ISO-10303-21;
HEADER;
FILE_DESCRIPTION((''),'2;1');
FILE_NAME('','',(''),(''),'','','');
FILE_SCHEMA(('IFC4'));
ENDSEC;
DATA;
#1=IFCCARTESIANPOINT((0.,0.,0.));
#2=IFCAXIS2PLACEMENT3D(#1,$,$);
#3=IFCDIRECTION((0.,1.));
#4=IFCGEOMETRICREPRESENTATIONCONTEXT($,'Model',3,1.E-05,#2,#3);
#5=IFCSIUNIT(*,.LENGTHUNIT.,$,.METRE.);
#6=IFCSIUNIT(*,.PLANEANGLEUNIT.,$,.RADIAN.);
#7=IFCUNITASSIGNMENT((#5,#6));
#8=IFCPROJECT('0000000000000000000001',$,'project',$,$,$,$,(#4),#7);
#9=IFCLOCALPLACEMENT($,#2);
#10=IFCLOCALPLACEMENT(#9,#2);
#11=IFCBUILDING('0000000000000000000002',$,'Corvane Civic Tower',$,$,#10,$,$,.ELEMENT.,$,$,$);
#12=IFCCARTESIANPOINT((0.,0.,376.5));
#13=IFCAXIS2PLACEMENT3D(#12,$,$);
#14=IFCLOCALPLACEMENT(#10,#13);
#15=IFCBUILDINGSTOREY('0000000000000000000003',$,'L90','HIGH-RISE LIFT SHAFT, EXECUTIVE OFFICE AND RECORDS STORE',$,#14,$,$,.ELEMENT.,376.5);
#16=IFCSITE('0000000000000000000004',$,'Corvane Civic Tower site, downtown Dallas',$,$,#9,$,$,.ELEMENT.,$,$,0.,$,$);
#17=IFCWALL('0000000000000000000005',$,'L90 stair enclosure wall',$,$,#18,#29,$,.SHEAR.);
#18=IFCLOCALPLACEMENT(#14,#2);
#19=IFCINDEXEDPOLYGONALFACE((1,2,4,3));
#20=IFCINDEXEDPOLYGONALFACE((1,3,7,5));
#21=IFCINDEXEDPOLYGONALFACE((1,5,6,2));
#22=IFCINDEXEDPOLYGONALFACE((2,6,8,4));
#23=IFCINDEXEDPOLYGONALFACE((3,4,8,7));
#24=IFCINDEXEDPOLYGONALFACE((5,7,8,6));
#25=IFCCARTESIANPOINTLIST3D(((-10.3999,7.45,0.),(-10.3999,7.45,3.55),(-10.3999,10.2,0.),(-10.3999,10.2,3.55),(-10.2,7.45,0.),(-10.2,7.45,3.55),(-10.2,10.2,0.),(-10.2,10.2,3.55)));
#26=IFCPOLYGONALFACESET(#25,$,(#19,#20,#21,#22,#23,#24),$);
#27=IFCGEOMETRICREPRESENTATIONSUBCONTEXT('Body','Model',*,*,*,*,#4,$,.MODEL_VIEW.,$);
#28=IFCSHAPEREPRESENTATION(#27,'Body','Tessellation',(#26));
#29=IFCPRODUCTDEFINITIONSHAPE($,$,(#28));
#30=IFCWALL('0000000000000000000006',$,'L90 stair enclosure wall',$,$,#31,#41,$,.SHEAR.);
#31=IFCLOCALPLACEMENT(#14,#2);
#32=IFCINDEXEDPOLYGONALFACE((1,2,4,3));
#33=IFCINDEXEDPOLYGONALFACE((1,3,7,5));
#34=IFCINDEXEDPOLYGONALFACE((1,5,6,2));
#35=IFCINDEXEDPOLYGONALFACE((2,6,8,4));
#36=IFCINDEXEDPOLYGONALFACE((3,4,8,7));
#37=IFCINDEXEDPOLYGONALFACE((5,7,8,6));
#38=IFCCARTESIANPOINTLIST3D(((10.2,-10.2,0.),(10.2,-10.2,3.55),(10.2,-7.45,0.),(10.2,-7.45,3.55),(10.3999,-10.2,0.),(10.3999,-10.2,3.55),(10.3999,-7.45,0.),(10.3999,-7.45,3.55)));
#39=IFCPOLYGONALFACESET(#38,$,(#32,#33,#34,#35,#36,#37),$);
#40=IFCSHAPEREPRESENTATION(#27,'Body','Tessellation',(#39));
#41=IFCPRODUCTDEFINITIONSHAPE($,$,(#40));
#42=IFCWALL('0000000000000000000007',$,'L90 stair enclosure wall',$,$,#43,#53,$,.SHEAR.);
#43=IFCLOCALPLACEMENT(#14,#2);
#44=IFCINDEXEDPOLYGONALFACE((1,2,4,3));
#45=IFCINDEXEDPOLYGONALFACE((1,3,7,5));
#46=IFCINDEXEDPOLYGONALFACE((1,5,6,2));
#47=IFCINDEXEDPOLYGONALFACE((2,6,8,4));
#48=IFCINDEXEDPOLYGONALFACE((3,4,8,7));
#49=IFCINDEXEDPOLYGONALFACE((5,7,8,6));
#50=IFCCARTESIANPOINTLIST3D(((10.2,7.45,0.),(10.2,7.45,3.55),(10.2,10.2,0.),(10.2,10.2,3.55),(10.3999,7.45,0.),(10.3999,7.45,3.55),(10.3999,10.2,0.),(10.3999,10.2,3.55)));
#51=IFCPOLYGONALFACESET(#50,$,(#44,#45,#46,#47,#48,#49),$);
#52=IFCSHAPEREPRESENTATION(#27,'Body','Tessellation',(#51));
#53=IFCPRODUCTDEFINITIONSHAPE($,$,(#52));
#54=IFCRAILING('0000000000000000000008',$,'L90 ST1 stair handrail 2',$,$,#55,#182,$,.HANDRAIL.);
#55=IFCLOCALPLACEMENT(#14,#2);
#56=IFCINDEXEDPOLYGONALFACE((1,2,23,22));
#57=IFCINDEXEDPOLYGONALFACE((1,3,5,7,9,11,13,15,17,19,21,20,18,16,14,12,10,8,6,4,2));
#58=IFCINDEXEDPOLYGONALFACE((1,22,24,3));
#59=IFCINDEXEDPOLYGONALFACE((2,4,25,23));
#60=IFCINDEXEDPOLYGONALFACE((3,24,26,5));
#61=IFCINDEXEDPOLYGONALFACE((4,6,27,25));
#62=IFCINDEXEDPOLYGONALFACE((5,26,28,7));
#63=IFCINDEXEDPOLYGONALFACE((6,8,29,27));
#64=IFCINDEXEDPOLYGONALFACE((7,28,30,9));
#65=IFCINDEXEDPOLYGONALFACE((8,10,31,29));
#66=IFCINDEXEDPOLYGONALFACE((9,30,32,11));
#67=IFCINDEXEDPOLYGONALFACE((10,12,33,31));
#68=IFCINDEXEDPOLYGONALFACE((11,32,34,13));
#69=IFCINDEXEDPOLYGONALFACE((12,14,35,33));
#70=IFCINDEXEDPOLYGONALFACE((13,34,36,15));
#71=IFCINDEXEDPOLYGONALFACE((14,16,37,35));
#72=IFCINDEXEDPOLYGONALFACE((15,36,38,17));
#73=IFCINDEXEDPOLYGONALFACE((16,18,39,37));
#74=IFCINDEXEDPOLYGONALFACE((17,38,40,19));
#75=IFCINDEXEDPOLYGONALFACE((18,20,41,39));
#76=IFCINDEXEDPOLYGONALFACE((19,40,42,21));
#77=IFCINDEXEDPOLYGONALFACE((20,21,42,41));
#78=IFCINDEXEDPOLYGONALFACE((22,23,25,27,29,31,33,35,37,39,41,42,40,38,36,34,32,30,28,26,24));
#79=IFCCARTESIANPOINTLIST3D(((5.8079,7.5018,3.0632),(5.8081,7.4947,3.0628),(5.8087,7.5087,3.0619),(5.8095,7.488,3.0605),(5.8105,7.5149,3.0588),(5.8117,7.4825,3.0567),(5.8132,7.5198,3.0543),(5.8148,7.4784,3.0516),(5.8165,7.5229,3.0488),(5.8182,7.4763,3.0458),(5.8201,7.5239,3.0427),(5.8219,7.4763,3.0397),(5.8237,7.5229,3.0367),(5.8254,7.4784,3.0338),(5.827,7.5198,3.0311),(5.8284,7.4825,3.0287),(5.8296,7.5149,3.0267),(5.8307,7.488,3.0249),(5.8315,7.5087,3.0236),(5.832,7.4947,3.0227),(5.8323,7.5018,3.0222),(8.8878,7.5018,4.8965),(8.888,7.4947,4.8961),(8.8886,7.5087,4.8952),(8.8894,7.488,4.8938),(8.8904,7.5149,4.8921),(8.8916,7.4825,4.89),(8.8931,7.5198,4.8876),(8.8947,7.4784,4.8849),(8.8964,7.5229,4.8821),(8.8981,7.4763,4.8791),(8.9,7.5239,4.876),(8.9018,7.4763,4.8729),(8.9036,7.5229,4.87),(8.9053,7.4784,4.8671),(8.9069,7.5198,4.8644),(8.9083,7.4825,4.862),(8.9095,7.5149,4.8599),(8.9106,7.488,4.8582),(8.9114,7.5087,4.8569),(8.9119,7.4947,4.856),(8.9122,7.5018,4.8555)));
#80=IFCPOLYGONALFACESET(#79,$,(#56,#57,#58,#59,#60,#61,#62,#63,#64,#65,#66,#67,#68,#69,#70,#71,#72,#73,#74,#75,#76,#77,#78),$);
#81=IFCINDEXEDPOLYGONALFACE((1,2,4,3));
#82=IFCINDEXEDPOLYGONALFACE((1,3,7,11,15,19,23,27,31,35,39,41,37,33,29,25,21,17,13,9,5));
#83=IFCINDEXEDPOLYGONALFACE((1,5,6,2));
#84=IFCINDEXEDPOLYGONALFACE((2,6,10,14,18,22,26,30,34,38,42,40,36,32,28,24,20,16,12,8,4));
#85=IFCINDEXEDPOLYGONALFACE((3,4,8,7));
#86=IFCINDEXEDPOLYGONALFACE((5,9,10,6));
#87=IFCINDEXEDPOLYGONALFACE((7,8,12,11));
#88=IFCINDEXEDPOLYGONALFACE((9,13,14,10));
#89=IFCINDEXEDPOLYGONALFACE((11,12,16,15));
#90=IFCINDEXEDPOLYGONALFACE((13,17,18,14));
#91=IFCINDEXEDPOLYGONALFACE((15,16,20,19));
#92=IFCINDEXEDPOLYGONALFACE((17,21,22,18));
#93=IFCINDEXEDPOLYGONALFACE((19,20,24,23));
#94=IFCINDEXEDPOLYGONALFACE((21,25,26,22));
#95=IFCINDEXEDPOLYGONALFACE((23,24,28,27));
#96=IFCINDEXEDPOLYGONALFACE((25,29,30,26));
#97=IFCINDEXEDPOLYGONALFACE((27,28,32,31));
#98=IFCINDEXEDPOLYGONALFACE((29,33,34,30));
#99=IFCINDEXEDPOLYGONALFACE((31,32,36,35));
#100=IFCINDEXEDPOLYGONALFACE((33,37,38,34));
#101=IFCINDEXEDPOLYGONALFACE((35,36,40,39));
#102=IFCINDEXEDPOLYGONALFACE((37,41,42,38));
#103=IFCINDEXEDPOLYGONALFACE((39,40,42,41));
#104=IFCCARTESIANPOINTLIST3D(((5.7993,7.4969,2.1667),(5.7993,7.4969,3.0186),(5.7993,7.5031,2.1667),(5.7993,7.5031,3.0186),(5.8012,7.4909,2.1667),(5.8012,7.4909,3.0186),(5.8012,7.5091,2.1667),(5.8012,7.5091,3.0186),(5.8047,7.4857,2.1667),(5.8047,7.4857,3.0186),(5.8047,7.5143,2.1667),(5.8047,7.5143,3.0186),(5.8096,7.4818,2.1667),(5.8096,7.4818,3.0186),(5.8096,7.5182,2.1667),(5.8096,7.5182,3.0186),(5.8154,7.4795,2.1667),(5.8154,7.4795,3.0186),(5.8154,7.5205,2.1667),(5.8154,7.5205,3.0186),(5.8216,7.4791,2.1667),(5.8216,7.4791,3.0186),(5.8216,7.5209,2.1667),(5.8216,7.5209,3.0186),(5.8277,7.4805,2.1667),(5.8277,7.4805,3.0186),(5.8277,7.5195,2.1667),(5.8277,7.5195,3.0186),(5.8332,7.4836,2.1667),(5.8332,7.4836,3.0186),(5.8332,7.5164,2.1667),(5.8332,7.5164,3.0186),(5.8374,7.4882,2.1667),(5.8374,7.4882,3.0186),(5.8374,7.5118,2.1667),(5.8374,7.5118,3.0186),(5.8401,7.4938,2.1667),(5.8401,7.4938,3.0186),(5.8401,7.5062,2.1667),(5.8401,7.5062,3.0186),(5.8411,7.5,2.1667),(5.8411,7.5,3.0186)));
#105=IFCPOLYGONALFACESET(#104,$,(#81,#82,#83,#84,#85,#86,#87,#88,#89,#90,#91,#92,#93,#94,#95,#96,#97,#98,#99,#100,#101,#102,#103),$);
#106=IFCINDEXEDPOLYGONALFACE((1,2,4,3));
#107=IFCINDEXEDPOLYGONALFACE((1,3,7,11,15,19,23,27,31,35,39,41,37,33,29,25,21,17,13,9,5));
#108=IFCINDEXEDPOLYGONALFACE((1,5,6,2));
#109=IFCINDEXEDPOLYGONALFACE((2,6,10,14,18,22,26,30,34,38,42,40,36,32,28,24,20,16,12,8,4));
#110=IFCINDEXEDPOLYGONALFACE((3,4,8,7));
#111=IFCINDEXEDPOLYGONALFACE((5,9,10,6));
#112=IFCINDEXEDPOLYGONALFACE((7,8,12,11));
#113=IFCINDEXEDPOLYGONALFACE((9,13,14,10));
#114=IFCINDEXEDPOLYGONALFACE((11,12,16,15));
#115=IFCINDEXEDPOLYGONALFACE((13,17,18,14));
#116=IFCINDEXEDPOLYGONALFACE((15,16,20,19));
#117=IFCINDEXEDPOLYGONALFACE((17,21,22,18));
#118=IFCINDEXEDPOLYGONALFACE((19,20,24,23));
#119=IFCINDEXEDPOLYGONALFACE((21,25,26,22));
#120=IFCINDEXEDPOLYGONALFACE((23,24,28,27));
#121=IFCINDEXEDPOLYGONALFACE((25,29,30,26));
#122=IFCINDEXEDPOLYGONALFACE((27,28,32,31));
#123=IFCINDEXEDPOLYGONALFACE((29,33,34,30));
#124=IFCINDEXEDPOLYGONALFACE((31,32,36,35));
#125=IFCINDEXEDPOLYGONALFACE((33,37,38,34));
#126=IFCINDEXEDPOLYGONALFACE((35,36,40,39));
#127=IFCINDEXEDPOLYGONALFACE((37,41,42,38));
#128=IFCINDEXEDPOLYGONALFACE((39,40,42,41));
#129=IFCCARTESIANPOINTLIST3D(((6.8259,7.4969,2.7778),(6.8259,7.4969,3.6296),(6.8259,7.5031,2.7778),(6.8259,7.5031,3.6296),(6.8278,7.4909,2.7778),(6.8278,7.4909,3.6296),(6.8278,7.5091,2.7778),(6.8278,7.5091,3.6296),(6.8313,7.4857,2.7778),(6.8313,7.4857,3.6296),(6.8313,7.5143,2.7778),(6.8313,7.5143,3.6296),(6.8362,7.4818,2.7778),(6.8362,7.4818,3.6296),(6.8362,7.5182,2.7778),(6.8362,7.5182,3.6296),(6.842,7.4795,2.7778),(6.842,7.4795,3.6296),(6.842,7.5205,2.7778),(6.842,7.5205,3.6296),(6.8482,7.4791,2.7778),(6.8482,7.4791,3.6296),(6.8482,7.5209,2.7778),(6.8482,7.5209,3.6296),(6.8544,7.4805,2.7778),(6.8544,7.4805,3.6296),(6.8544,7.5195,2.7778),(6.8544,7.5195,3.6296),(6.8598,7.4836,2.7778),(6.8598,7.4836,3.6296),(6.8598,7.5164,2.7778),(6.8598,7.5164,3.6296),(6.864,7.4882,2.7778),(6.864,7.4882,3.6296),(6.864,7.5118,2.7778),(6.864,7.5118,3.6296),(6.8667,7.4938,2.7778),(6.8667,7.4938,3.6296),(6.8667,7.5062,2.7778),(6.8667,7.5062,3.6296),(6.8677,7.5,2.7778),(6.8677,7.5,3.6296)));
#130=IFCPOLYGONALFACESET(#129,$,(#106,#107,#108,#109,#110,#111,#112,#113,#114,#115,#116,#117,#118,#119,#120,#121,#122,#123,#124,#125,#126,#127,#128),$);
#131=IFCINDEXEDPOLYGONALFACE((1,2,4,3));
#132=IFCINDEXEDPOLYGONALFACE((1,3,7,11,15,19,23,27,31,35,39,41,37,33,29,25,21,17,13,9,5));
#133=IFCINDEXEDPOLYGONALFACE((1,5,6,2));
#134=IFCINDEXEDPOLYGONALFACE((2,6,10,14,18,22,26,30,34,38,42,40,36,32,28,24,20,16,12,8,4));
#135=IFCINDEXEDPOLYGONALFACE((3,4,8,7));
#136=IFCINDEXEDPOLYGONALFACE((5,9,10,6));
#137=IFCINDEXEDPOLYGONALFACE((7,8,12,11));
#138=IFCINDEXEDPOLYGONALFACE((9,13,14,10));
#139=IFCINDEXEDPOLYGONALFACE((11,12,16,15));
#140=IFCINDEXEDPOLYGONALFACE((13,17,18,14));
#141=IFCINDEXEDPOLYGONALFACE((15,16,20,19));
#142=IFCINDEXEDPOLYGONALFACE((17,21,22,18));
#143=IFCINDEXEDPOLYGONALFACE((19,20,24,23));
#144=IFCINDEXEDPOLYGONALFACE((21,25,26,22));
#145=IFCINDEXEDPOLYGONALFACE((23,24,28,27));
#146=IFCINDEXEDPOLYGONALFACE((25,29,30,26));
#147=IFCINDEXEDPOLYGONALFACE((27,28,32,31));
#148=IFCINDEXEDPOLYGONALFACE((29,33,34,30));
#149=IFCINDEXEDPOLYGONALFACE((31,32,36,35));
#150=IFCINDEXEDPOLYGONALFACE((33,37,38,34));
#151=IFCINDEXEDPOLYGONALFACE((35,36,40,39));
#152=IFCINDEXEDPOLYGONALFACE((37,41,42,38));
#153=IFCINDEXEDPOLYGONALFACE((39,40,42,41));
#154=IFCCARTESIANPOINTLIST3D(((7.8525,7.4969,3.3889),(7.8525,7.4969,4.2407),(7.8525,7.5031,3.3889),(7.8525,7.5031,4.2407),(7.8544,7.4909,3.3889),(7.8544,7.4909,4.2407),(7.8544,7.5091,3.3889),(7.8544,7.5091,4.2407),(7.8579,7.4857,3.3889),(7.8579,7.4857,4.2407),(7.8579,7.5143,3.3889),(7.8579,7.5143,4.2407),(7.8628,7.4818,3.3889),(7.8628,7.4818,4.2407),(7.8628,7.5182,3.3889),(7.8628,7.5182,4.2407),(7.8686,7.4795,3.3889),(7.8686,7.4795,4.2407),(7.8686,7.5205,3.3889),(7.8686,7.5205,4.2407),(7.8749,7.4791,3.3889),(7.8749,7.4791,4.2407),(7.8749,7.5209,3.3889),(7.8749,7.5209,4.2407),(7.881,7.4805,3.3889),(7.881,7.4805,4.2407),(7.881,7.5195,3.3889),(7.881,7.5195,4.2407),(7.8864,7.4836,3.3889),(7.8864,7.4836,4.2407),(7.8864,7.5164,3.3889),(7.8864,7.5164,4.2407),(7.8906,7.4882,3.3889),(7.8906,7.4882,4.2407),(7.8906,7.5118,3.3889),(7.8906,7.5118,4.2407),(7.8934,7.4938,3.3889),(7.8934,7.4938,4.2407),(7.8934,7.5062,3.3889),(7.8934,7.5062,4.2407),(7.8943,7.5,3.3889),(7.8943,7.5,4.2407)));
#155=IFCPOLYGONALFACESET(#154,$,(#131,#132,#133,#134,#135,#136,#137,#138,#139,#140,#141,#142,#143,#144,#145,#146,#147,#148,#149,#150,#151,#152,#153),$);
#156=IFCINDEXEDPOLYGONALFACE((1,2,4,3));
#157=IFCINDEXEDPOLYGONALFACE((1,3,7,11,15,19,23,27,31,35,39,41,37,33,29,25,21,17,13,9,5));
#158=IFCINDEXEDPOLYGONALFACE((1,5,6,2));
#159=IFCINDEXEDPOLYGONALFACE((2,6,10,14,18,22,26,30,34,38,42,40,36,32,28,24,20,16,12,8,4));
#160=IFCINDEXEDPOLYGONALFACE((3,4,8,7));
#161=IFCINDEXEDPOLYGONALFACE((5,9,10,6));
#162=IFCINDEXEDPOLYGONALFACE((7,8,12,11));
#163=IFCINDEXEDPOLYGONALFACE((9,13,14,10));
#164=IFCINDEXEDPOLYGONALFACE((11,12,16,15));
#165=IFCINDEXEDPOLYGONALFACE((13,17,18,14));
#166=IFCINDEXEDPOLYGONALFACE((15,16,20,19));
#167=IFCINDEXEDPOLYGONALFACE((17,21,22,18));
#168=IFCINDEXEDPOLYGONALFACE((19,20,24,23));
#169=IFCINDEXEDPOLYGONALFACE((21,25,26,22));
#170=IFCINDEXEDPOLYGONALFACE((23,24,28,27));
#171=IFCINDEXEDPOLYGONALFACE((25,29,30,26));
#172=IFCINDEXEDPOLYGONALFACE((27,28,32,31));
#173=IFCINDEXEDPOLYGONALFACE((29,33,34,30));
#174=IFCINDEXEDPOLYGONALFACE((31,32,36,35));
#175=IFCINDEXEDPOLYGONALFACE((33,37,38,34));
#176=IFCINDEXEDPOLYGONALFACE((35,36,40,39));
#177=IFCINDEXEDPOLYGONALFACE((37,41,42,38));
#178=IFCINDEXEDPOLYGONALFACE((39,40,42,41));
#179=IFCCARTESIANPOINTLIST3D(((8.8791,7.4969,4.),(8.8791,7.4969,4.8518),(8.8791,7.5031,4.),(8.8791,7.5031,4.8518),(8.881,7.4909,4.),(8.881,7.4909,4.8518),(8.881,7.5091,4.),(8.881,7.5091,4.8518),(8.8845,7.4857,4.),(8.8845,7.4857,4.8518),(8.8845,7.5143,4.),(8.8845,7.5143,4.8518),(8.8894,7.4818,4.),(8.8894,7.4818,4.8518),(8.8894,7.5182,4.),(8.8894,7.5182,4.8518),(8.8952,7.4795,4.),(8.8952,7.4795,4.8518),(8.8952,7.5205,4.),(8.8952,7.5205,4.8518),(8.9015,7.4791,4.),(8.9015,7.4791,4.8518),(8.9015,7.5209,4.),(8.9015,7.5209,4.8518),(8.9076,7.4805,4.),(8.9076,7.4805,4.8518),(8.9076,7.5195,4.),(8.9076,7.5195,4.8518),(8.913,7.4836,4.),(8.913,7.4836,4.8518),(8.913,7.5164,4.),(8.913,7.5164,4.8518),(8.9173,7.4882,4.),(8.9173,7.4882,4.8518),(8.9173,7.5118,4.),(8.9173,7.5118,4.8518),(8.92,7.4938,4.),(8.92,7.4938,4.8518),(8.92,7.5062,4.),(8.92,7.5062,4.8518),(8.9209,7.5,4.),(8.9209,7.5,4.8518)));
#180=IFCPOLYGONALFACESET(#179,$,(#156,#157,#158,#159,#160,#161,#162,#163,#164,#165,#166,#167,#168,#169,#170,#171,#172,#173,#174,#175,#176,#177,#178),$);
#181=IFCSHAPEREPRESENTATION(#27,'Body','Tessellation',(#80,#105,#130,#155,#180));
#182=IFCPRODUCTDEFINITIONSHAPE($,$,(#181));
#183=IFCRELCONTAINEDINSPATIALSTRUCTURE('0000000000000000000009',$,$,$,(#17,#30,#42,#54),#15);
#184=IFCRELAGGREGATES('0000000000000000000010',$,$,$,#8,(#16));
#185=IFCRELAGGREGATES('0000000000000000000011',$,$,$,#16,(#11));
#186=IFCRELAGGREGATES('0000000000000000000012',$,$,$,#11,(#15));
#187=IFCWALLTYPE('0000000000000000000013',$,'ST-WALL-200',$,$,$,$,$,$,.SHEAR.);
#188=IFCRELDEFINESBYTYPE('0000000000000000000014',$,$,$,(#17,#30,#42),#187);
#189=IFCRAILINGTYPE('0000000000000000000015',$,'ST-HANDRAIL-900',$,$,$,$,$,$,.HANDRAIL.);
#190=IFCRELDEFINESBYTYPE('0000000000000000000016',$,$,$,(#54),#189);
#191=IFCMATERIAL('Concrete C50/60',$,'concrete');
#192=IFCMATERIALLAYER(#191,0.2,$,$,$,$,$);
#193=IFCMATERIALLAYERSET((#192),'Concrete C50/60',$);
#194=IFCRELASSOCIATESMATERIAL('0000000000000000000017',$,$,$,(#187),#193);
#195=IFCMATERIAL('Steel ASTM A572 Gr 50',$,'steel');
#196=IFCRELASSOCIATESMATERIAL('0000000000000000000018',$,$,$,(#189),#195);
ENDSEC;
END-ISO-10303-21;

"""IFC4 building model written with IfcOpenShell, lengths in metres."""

from ifc_helpers import new_model, si_unit, direction, frame, origin, origin_2d, place, context, subcontext, project, spatial, polyline, circle, outline, extrude, material, layer, layer_set, type_object, element, save


model = new_model("IFC4")

# Units and contexts
model_context = context("Model", 3, precision=1e-05, world=origin(), true_north=direction((0.0, 1.0)))
body_context = subcontext(model_context, "Body", "Model", "MODEL_VIEW")
ifc_project = project(units=[si_unit("LENGTHUNIT", "METRE"), si_unit("PLANEANGLEUNIT", "RADIAN")], contexts=[model_context])

# Site, building, storey
site_placement = place(None, origin())
site = spatial("IfcSite", under=ifc_project, at=site_placement, Name="Corvane Civic Tower site, downtown Dallas", CompositionType="ELEMENT", RefElevation=0.0)
building_placement = place(site_placement, origin())
building = spatial("IfcBuilding", under=site, at=building_placement, Name="Corvane Civic Tower", CompositionType="ELEMENT")
storey_placement = place(building_placement, frame((0.0, 0.0, 376.5)))
storey = spatial("IfcBuildingStorey", under=building, at=storey_placement, Name="L90", Description="HIGH-RISE LIFT SHAFT, EXECUTIVE OFFICE AND RECORDS STORE", CompositionType="ELEMENT", Elevation=376.5)

# Shared definitions
ifc_material_1 = material(Name="Concrete C50/60", Category="concrete")
ifc_layer_1 = layer(ifc_material_1, 0.2)
ifc_layer_set_1 = layer_set([ifc_layer_1], Name="Concrete C50/60")
wall_type_1 = type_object("IfcWallType", Name="ST-WALL-200", PredefinedType="SHEAR", material=ifc_layer_set_1)

# Walls
wall_1_placement = place(storey_placement, origin())
element("IfcWall", 1, at=wall_1_placement, inside=storey, type_object=wall_type_1, Name="L90 stair enclosure wall", PredefinedType="SHEAR", context=body_context, shape_type="SweptSolid", body=[
    extrude(outline(polyline([(-10.2, 7.45), (-10.3999, 7.45), (-10.3999, 10.2), (-10.2, 10.2), (-10.2, 7.45)])), origin(), (0.0, 0.0, 1.0), 3.55),
])
wall_2_placement = place(storey_placement, origin())
element("IfcWall", 2, at=wall_2_placement, inside=storey, type_object=wall_type_1, Name="L90 stair enclosure wall", PredefinedType="SHEAR", context=body_context, shape_type="SweptSolid", body=[
    extrude(outline(polyline([(10.3999, -7.45), (10.3999, -10.2), (10.2, -10.2), (10.2, -7.45), (10.3999, -7.45)])), origin(), (0.0, 0.0, 1.0), 3.55),
])
wall_3_placement = place(storey_placement, origin())
element("IfcWall", 3, at=wall_3_placement, inside=storey, type_object=wall_type_1, Name="L90 stair enclosure wall", PredefinedType="SHEAR", context=body_context, shape_type="SweptSolid", body=[
    extrude(outline(polyline([(10.3999, 7.45), (10.2, 7.45), (10.2, 10.2), (10.3999, 10.2), (10.3999, 7.45)])), origin(), (0.0, 0.0, 1.0), 3.55),
])

# Railing
ifc_material_2 = material(Name="Steel ASTM A572 Gr 50", Category="steel")
railing_type = type_object("IfcRailingType", Name="ST-HANDRAIL-900", PredefinedType="HANDRAIL", material=ifc_material_2)
railing_placement = place(storey_placement, frame((5.8201, 7.5, 2.1667)))
element("IfcRailing", 4, at=railing_placement, inside=storey, type_object=railing_type, Name="L90 ST1 stair handrail 2", PredefinedType="HANDRAIL", context=body_context, shape_type="SweptSolid", body=[
    extrude(circle(Radius=0.0239, at=origin_2d()), frame((0.0, 0.0, 0.876), z_axis=(0.859291, 0.0, 0.511487), x_axis=(0.0, 1.0, 0.0)), (0.0, 0.0, 1.0), 3.5842),
    extrude(circle(Radius=0.021, at=origin_2d()), origin(), (0.0, 0.0, 1.0), 0.8518),
    extrude(circle(Radius=0.021, at=origin_2d()), frame((1.0266, 0.0, 0.6111)), (0.0, 0.0, 1.0), 0.8518),
    extrude(circle(Radius=0.021, at=origin_2d()), frame((2.0532, 0.0, 1.2222)), (0.0, 0.0, 1.0), 0.8518),
    extrude(circle(Radius=0.021, at=origin_2d()), frame((3.0798, 0.0, 1.8333)), (0.0, 0.0, 1.0), 0.8518),
])

save(model, "model.ifc")
